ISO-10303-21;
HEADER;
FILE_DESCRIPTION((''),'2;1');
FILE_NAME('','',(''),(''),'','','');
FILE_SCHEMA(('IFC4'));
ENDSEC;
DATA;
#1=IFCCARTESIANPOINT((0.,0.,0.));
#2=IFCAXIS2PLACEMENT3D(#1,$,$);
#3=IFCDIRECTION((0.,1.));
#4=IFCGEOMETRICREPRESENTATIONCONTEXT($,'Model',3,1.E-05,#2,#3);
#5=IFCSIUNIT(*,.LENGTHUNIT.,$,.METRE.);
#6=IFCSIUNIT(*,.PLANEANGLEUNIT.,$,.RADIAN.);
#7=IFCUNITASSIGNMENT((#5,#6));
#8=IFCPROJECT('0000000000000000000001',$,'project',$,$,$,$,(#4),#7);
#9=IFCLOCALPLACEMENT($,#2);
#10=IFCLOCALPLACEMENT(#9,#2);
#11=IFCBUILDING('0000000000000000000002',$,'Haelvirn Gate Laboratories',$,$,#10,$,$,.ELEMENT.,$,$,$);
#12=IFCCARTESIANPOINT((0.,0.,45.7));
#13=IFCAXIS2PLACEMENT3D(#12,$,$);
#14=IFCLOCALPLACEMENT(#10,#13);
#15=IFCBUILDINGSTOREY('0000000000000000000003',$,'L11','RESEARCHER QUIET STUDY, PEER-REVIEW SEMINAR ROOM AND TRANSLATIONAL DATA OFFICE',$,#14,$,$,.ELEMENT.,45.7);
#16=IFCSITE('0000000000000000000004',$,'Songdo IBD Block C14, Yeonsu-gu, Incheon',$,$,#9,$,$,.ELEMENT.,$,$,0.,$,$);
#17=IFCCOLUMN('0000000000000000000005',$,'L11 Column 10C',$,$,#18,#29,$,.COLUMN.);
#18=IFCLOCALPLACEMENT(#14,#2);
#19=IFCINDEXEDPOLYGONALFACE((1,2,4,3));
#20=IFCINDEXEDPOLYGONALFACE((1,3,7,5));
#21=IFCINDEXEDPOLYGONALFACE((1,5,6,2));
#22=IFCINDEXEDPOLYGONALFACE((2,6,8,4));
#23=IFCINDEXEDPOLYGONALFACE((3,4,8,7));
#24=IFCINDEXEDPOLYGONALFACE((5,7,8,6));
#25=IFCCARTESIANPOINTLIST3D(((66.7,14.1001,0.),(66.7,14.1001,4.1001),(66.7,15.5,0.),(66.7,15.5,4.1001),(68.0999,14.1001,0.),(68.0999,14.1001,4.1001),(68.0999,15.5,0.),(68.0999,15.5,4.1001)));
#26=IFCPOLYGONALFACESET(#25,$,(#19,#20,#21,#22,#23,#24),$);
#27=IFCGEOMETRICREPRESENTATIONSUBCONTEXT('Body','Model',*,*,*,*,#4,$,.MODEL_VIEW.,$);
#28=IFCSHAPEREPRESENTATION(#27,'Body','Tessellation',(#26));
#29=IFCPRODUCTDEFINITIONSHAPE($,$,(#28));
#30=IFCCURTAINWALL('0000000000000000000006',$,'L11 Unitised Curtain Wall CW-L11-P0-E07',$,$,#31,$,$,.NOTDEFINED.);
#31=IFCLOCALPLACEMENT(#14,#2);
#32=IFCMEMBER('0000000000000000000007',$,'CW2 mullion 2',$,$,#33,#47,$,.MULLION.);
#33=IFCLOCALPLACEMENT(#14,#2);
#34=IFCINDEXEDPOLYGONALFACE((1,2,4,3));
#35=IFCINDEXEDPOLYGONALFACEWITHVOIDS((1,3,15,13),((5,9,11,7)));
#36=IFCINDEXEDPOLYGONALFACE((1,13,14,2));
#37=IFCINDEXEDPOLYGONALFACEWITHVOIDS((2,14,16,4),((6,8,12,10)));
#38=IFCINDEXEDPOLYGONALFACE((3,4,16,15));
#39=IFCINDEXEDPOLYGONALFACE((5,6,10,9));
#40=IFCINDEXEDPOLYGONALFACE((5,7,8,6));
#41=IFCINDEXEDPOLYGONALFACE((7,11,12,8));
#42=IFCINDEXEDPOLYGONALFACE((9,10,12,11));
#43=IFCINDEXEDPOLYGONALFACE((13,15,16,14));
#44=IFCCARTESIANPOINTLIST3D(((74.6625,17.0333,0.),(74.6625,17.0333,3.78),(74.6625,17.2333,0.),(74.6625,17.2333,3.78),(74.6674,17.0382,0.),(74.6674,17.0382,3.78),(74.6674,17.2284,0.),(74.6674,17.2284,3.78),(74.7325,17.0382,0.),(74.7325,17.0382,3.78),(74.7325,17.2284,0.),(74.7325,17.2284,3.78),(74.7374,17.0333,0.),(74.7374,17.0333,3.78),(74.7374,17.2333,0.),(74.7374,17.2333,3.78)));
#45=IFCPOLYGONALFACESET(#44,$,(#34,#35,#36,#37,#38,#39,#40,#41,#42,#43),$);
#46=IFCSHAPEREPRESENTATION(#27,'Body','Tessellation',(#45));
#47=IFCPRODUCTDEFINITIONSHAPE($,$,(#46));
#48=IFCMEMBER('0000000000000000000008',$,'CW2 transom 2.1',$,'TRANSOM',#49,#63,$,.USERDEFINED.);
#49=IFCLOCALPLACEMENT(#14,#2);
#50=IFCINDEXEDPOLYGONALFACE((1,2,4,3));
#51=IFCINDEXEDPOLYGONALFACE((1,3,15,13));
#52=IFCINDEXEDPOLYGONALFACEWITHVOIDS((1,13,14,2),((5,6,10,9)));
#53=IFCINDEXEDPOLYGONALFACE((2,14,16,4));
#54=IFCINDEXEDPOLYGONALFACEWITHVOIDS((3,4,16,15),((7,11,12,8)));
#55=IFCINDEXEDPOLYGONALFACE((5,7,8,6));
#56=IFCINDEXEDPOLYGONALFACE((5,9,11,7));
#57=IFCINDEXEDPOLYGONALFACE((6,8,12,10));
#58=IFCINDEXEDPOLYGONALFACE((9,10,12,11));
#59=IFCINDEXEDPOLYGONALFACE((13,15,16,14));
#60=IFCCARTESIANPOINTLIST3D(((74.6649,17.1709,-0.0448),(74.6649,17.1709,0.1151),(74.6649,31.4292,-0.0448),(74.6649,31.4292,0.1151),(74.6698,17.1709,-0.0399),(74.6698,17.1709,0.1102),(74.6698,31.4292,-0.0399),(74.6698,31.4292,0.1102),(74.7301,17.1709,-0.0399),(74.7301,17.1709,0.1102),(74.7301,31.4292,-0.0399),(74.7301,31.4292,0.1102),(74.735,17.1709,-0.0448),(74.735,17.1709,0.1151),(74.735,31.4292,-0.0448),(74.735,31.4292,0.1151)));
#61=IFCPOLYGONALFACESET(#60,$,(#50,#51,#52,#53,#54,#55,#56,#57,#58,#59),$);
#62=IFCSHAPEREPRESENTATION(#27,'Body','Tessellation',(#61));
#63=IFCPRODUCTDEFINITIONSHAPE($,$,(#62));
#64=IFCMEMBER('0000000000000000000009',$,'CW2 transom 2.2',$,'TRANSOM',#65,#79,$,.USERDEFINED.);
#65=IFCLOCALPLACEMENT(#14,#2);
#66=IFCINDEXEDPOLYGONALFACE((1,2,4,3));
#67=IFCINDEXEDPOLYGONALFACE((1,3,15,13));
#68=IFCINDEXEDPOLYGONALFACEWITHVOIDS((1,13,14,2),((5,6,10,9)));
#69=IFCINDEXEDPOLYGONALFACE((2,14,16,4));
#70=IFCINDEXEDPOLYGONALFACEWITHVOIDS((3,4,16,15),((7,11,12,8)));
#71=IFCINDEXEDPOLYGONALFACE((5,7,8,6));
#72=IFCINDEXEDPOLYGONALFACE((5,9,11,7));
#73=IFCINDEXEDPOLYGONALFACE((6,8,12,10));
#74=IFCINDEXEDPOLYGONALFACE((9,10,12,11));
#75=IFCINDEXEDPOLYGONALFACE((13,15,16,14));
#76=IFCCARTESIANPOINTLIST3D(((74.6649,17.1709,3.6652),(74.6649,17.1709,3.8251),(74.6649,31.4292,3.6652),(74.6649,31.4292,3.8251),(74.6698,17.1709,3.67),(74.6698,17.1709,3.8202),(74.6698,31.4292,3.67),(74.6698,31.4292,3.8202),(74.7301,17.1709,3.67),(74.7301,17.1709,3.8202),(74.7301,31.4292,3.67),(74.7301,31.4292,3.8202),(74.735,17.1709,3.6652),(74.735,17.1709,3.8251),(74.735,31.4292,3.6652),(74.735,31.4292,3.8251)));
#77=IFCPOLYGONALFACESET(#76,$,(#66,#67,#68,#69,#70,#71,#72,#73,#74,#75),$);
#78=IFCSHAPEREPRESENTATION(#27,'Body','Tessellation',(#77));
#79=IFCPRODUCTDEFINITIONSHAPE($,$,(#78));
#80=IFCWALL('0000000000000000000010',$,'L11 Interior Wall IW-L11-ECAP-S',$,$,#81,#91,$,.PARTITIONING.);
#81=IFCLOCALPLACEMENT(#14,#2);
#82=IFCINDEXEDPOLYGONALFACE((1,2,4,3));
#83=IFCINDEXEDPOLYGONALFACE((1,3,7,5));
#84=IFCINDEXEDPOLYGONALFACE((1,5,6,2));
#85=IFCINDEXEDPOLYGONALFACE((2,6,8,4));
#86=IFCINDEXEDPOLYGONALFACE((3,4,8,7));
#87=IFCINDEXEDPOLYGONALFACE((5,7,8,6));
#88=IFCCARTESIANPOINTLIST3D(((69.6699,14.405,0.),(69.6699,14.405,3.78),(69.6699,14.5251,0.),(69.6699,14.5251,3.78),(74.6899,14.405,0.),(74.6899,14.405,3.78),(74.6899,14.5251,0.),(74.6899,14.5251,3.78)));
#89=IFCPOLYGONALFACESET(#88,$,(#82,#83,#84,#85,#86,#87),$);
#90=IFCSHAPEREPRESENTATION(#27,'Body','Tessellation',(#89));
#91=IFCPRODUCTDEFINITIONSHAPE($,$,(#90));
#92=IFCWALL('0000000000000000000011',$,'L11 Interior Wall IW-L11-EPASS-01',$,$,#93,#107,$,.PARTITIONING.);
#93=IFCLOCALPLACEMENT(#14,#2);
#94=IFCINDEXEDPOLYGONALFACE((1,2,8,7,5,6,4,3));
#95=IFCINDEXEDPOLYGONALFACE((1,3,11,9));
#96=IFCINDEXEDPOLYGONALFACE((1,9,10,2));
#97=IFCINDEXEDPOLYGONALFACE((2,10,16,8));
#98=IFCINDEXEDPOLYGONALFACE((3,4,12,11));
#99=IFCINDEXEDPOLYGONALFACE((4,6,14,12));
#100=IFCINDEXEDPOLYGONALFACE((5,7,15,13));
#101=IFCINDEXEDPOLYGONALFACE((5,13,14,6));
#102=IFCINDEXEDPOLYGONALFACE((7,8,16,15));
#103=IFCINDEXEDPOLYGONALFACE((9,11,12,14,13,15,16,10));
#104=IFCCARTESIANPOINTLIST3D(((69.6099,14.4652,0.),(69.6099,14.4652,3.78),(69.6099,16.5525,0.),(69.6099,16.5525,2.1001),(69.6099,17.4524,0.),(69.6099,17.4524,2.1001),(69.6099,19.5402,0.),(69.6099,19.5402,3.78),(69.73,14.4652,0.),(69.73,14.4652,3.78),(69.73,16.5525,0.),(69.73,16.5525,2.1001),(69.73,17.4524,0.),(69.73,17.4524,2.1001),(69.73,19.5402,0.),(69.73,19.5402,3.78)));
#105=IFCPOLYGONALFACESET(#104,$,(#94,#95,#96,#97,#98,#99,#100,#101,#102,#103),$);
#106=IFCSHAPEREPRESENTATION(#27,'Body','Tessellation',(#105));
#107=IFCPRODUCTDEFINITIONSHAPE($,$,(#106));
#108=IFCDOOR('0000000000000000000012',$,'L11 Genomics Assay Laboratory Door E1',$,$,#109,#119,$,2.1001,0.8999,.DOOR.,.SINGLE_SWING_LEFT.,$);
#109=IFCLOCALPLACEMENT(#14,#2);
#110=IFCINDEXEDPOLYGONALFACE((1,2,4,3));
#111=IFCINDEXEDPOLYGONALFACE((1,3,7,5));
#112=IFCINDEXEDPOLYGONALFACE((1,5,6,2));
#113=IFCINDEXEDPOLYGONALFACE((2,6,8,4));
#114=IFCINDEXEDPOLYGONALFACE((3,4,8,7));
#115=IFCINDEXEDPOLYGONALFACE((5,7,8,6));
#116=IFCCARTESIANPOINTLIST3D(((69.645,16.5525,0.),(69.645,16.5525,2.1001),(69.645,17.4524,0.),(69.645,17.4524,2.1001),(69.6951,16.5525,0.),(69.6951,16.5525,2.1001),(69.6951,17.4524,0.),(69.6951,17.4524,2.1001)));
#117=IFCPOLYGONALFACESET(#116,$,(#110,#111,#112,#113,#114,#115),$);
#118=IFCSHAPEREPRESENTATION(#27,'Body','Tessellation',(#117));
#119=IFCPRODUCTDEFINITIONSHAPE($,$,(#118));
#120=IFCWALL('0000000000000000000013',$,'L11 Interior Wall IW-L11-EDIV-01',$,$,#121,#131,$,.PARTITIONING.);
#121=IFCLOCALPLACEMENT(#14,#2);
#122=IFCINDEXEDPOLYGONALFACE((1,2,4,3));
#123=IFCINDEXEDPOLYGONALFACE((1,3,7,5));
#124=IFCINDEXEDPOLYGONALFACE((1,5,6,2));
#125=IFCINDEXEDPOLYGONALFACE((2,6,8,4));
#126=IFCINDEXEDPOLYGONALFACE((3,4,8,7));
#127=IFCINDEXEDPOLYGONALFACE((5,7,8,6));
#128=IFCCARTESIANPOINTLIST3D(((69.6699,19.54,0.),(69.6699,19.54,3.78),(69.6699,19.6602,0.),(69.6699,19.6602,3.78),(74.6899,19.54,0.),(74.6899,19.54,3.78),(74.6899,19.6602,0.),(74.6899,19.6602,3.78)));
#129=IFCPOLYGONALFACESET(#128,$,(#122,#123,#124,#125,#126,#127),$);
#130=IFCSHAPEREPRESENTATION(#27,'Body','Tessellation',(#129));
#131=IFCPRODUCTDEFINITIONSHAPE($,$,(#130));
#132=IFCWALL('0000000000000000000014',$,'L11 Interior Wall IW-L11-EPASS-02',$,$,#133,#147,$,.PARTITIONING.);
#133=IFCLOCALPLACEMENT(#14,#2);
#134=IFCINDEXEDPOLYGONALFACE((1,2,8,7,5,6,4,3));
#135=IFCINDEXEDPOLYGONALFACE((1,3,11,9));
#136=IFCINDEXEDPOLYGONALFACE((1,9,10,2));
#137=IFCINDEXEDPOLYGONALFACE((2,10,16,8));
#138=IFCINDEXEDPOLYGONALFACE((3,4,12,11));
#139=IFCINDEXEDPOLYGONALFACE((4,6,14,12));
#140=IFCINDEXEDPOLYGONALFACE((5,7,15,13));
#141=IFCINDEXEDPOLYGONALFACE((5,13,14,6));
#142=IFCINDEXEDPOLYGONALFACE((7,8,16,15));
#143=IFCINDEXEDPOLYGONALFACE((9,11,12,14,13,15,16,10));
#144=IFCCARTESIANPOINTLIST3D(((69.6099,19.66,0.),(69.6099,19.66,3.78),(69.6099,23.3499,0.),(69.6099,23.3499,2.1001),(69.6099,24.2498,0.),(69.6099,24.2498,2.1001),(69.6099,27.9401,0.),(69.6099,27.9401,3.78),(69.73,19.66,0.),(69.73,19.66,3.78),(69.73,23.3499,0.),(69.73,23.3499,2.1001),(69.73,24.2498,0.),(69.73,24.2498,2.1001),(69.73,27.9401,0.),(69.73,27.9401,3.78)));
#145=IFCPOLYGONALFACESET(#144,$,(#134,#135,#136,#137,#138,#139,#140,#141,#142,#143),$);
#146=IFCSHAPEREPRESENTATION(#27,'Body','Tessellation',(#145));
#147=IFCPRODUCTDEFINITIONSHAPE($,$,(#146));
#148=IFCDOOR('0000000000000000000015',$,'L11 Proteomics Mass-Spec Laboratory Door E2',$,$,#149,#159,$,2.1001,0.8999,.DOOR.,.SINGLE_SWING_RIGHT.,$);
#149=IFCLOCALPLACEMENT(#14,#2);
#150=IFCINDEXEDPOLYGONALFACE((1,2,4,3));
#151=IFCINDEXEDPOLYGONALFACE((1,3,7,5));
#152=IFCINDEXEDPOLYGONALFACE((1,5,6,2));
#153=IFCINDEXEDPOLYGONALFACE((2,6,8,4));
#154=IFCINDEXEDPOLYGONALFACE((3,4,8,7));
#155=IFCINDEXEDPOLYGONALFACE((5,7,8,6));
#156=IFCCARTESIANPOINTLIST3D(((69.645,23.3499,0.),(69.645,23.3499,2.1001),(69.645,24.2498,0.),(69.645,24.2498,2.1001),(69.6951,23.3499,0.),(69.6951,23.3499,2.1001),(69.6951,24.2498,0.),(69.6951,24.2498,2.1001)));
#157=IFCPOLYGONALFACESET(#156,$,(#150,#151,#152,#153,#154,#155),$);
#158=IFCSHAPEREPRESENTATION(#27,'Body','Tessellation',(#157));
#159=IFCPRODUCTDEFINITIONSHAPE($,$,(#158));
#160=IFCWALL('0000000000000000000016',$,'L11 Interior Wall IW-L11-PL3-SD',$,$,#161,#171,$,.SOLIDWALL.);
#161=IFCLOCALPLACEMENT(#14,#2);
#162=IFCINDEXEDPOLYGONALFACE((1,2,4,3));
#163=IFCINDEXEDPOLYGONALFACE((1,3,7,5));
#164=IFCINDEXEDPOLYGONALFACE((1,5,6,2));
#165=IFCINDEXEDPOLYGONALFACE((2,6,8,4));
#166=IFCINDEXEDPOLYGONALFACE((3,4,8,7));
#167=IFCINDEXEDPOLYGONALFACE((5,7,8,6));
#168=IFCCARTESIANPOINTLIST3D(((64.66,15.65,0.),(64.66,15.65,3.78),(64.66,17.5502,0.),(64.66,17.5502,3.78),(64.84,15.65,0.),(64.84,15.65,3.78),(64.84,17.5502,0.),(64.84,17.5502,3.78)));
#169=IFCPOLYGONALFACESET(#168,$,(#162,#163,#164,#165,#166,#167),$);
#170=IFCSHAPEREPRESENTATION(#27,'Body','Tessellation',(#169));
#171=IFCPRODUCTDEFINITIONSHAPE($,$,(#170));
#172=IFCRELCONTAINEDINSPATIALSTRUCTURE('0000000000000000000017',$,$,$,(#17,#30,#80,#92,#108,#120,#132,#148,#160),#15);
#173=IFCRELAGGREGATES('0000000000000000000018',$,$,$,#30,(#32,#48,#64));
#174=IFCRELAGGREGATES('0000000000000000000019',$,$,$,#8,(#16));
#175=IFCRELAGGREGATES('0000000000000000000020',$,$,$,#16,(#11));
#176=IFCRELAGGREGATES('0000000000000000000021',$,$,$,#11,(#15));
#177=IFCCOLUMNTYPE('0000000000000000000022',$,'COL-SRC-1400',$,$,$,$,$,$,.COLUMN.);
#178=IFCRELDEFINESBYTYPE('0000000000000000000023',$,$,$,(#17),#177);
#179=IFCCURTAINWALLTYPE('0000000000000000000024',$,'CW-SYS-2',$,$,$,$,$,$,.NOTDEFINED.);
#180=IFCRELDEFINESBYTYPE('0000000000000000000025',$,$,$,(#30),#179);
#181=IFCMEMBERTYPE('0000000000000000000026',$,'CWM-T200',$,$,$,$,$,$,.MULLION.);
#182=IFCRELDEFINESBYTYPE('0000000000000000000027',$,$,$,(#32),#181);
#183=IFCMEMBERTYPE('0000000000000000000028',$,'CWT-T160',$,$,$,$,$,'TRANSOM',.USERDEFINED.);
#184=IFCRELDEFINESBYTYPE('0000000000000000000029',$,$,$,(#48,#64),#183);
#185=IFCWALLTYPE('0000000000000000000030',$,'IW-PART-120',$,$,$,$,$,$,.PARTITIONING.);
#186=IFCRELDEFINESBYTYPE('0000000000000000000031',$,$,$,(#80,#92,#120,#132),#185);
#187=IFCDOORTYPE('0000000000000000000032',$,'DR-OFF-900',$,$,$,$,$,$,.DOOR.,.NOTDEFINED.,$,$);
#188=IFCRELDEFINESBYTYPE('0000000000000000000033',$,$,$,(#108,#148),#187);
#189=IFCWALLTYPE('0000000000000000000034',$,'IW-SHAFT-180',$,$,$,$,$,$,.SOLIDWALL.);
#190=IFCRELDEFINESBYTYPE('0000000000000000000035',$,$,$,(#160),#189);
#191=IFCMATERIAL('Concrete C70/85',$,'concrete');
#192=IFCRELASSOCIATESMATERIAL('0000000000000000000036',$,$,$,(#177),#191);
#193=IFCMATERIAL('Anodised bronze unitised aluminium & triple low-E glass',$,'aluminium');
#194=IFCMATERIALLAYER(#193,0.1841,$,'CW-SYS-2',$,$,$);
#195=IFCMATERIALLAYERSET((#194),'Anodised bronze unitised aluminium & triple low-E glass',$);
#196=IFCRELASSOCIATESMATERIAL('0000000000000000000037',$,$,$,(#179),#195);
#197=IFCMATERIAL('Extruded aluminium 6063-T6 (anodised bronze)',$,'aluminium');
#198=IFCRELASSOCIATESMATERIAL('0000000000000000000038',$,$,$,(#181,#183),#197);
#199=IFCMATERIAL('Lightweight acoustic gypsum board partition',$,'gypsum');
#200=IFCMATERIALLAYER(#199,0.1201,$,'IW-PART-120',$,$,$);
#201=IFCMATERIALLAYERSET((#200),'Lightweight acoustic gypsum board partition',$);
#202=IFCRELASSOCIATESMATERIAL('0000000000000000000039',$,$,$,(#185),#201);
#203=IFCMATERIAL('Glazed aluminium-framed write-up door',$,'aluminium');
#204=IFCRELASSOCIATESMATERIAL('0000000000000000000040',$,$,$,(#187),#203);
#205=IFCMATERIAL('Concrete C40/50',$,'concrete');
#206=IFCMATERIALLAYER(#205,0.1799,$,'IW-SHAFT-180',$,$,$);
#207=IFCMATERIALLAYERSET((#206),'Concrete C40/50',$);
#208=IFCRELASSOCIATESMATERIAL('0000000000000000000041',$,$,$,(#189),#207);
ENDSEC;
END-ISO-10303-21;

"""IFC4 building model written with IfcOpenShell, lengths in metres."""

from ifc_helpers import new_model, si_unit, direction, frame, frame_2d, origin, origin_2d, place, context, subcontext, project, spatial, rectangle, hollow_rectangle, extrude, source, transform, mapped, material, layer, layer_set, material_profile, profile_set, type_object, type_shapes, element, fill, aggregate, save


model = new_model("IFC4")

# Units and contexts
model_context = context("Model", 3, precision=1e-05, world=origin(), true_north=direction((0.0, 1.0)))
body_context = subcontext(model_context, "Body", "Model", "MODEL_VIEW")
ifc_project = project(units=[si_unit("LENGTHUNIT", "METRE"), si_unit("PLANEANGLEUNIT", "RADIAN")], contexts=[model_context])

# Site, building, storey
site_placement = place(None, origin())
site = spatial("IfcSite", under=ifc_project, at=site_placement, Name="Songdo IBD Block C14, Yeonsu-gu, Incheon", CompositionType="ELEMENT", RefElevation=0.0)
building_placement = place(site_placement, origin())
building = spatial("IfcBuilding", under=site, at=building_placement, Name="Haelvirn Gate Laboratories", CompositionType="ELEMENT")
storey_placement = place(building_placement, frame((0.0, 0.0, 45.7)))
storey = spatial("IfcBuildingStorey", under=building, at=storey_placement, Name="L11", Description="RESEARCHER QUIET STUDY, PEER-REVIEW SEMINAR ROOM AND TRANSLATIONAL DATA OFFICE", CompositionType="ELEMENT", Elevation=45.7)

# Column
ifc_material_1 = material(Name="Concrete C70/85", Category="concrete")
ifc_material_profile_1 = material_profile(ifc_material_1, rectangle(XDim=1.3999, YDim=1.3999, at=origin_2d()), Name="SRC-1400x1400")
ifc_profile_set_1 = profile_set([ifc_material_profile_1], Name="Concrete C70/85")
column_type = type_object("IfcColumnType", Name="COL-SRC-1400", PredefinedType="COLUMN", material=ifc_profile_set_1)
shared_shape_1 = source(origin(), body_context, "Body", "SweptSolid", [
    extrude(rectangle(XDim=1.3999, YDim=1.3999, at=origin_2d()), origin(), (0.0, 0.0, 1.0), 4.1001),
])
type_shapes(column_type, [shared_shape_1])
column_placement = place(storey_placement, frame((67.3999, 14.8, 0.0), z_axis=(0.0, 0.0, 1.0), x_axis=(1.0, 0.0, 0.0)))
element("IfcColumn", 1, at=column_placement, inside=storey, type_object=column_type, Name="L11 Column 10C", PredefinedType="COLUMN", context=body_context, shape_type="MappedRepresentation", body=[
    mapped(shared_shape_1, transform((0.0, 0.0, 0.0), scale=1.0)),
])

# Curtain wall, members
ifc_material_2 = material(Name="Anodised bronze unitised aluminium & triple low-E glass", Category="aluminium")
ifc_layer_1 = layer(ifc_material_2, 0.1841, Name="CW-SYS-2")
ifc_layer_set_1 = layer_set([ifc_layer_1], Name="Anodised bronze unitised aluminium & triple low-E glass")
curtain_wall_type = type_object("IfcCurtainWallType", Name="CW-SYS-2", PredefinedType="NOTDEFINED", material=ifc_layer_set_1)
curtain_wall_placement = place(storey_placement, origin())
curtain_wall = element("IfcCurtainWall", 2, at=curtain_wall_placement, inside=storey, type_object=curtain_wall_type, Name="L11 Unitised Curtain Wall CW-L11-P0-E07", PredefinedType="NOTDEFINED")
ifc_material_3 = material(Name="Extruded aluminium 6063-T6 (anodised bronze)", Category="aluminium")
ifc_material_profile_2 = material_profile(ifc_material_3, hollow_rectangle(XDim=0.075, YDim=0.2, WallThickness=0.0049, at=origin_2d()), Name="CWM-200x75x5")
ifc_profile_set_2 = profile_set([ifc_material_profile_2], Name="Extruded aluminium 6063-T6 (anodised bronze)")
member_type_1 = type_object("IfcMemberType", Name="CWM-T200", PredefinedType="MULLION", material=ifc_profile_set_2)
shared_shape_2 = source(origin(), body_context, "Body", "SweptSolid", [
    extrude(hollow_rectangle(XDim=0.075, YDim=0.2, WallThickness=0.0049, at=origin_2d()), origin(), (0.0, 0.0, 1.0), 3.78),
])
type_shapes(member_type_1, [shared_shape_2])
member_1_placement = place(storey_placement, frame((74.7, 17.1333, 0.0), z_axis=(0.0, 0.0, 1.0), x_axis=(-1.0, 0.0, 0.0)))
member_1 = element("IfcMember", 3, at=member_1_placement, type_object=member_type_1, Name="CW2 mullion 2", PredefinedType="MULLION", context=body_context, shape_type="MappedRepresentation", body=[
    mapped(shared_shape_2, transform((0.0, 0.0, 0.0), scale=1.0)),
])
ifc_material_profile_3 = material_profile(ifc_material_3, hollow_rectangle(XDim=0.0701, YDim=0.1599, WallThickness=0.0049, at=origin_2d()), Name="CWT-160x70x5")
ifc_profile_set_3 = profile_set([ifc_material_profile_3], Name="Extruded aluminium 6063-T6 (anodised bronze)")
member_type_2 = type_object("IfcMemberType", Name="CWT-T160", ElementType="TRANSOM", PredefinedType="USERDEFINED", material=ifc_profile_set_3)
shared_shape_3 = source(origin(), body_context, "Body", "SweptSolid", [
    extrude(hollow_rectangle(XDim=0.0701, YDim=0.1599, WallThickness=0.0049, at=origin_2d()), origin(), (0.0, 0.0, 1.0), 14.2583),
])
type_shapes(member_type_2, [shared_shape_3])
member_2_placement = place(storey_placement, frame((74.7, 17.1709, 0.0352), z_axis=(0.0, 1.0, 0.0), x_axis=(-1.0, 0.0, 0.0)))
member_2 = element("IfcMember", 4, at=member_2_placement, type_object=member_type_2, Name="CW2 transom 2.1", ObjectType="TRANSOM", PredefinedType="USERDEFINED", context=body_context, shape_type="MappedRepresentation", body=[
    mapped(shared_shape_3, transform((0.0, 0.0, 0.0), scale=1.0)),
])
member_3_placement = place(storey_placement, frame((74.7, 17.1709, 3.7451), z_axis=(0.0, 1.0, 0.0), x_axis=(-1.0, 0.0, 0.0)))
member_3 = element("IfcMember", 5, at=member_3_placement, type_object=member_type_2, Name="CW2 transom 2.2", ObjectType="TRANSOM", PredefinedType="USERDEFINED", context=body_context, shape_type="MappedRepresentation", body=[
    mapped(shared_shape_3, transform((0.0, 0.0, 0.0), scale=1.0)),
])
aggregate(curtain_wall, [member_1, member_2, member_3])

# Wall
ifc_material_4 = material(Name="Lightweight acoustic gypsum board partition", Category="gypsum")
ifc_layer_2 = layer(ifc_material_4, 0.1201, Name="IW-PART-120")
ifc_layer_set_2 = layer_set([ifc_layer_2], Name="Lightweight acoustic gypsum board partition")
wall_type_1 = type_object("IfcWallType", Name="IW-PART-120", PredefinedType="PARTITIONING", material=ifc_layer_set_2)
wall_1_placement = place(storey_placement, frame((69.6699, 14.4651, 0.0), z_axis=(0.0, 0.0, 1.0), x_axis=(1.0, 0.0, 0.0)))
element("IfcWall", 6, at=wall_1_placement, inside=storey, type_object=wall_type_1, Name="L11 Interior Wall IW-L11-ECAP-S", PredefinedType="PARTITIONING", context=body_context, shape_type="SweptSolid", body=[
    extrude(rectangle(XDim=5.02, YDim=0.1201, at=frame_2d((2.51, 0.0))), origin(), (0.0, 0.0, 1.0), 3.78),
])

# Wall, opening, door
wall_2_placement = place(storey_placement, frame((69.6699, 14.4651, 0.0), z_axis=(0.0, 0.0, 1.0), x_axis=(0.0, 1.0, 0.0)))
wall_2 = element("IfcWall", 7, at=wall_2_placement, inside=storey, type_object=wall_type_1, Name="L11 Interior Wall IW-L11-EPASS-01", PredefinedType="PARTITIONING", context=body_context, shape_type="SweptSolid", body=[
    extrude(rectangle(XDim=5.075, YDim=0.1201, at=frame_2d((2.5376, 0.0))), origin(), (0.0, 0.0, 1.0), 3.78),
])
opening_1_placement = place(wall_2_placement, frame((2.0874, 0.0, 0.0)))
opening_1 = element("IfcOpeningElement", 8, at=opening_1_placement, cuts=wall_2, PredefinedType="OPENING", context=body_context, shape_type="SweptSolid", body=[
    extrude(rectangle(XDim=0.8999, YDim=2.1001, at=frame_2d((0.45, 1.05))), frame((0.0, 0.0701, 0.0), z_axis=(0.0, -1.0, 0.0), x_axis=(1.0, 0.0, 0.0)), (0.0, 0.0, 1.0), 0.1401),
])
ifc_material_5 = material(Name="Glazed aluminium-framed write-up door", Category="aluminium")
door_type_1 = type_object("IfcDoorType", Name="DR-OFF-900", OperationType="NOTDEFINED", PredefinedType="DOOR", material=ifc_material_5)
shared_shape_4 = source(origin(), body_context, "Body", "SweptSolid", [
    extrude(rectangle(XDim=0.8999, YDim=2.1001, at=frame_2d((0.45, 1.05))), frame((0.0, 0.0249, 0.0), z_axis=(0.0, -1.0, 0.0), x_axis=(1.0, 0.0, 0.0)), (0.0, 0.0, 1.0), 0.05),
])
type_shapes(door_type_1, [shared_shape_4])
door_1_placement = place(opening_1_placement, origin())
door_1 = element("IfcDoor", 9, at=door_1_placement, inside=storey, type_object=door_type_1, Name="L11 Genomics Assay Laboratory Door E1", OperationType="SINGLE_SWING_LEFT", OverallHeight=2.1001, OverallWidth=0.8999, PredefinedType="DOOR", context=body_context, shape_type="MappedRepresentation", body=[
    mapped(shared_shape_4, transform((0.0, 0.0, 0.0), scale=1.0)),
])
fill(opening_1, door_1)

# Wall
wall_3_placement = place(storey_placement, frame((69.6699, 19.6001, 0.0), z_axis=(0.0, 0.0, 1.0), x_axis=(1.0, 0.0, 0.0)))
element("IfcWall", 10, at=wall_3_placement, inside=storey, type_object=wall_type_1, Name="L11 Interior Wall IW-L11-EDIV-01", PredefinedType="PARTITIONING", context=body_context, shape_type="SweptSolid", body=[
    extrude(rectangle(XDim=5.02, YDim=0.1201, at=frame_2d((2.51, 0.0))), origin(), (0.0, 0.0, 1.0), 3.78),
])

# Wall, opening, door
wall_4_placement = place(storey_placement, frame((69.6699, 19.6599, 0.0), z_axis=(0.0, 0.0, 1.0), x_axis=(0.0, 1.0, 0.0)))
wall_4 = element("IfcWall", 11, at=wall_4_placement, inside=storey, type_object=wall_type_1, Name="L11 Interior Wall IW-L11-EPASS-02", PredefinedType="PARTITIONING", context=body_context, shape_type="SweptSolid", body=[
    extrude(rectangle(XDim=8.28, YDim=0.1201, at=frame_2d((4.1401, 0.0))), origin(), (0.0, 0.0, 1.0), 3.78),
])
opening_2_placement = place(wall_4_placement, frame((3.6899, 0.0, 0.0)))
opening_2 = element("IfcOpeningElement", 12, at=opening_2_placement, cuts=wall_4, PredefinedType="OPENING", context=body_context, shape_type="SweptSolid", body=[
    extrude(rectangle(XDim=0.8999, YDim=2.1001, at=frame_2d((0.45, 1.05))), frame((0.0, 0.0701, 0.0), z_axis=(0.0, -1.0, 0.0), x_axis=(1.0, 0.0, 0.0)), (0.0, 0.0, 1.0), 0.1401),
])
door_2_placement = place(opening_2_placement, origin())
door_2 = element("IfcDoor", 13, at=door_2_placement, inside=storey, type_object=door_type_1, Name="L11 Proteomics Mass-Spec Laboratory Door E2", OperationType="SINGLE_SWING_RIGHT", OverallHeight=2.1001, OverallWidth=0.8999, PredefinedType="DOOR", context=body_context, shape_type="MappedRepresentation", body=[
    mapped(shared_shape_4, transform((0.0, 0.0, 0.0), scale=1.0)),
])
fill(opening_2, door_2)

# Wall
ifc_material_6 = material(Name="Concrete C40/50", Category="concrete")
ifc_layer_3 = layer(ifc_material_6, 0.1799, Name="IW-SHAFT-180")
ifc_layer_set_3 = layer_set([ifc_layer_3], Name="Concrete C40/50")
wall_type_2 = type_object("IfcWallType", Name="IW-SHAFT-180", PredefinedType="SOLIDWALL", material=ifc_layer_set_3)
for number, where, z_axis, x_axis, name in (
    (14, (64.75, 15.6499, 0.0), (0.0, 0.0, 1.0), (0.0, 1.0, 0.0), "L11 Interior Wall IW-L11-PL3-SD"),
):
    element("IfcWall", number, at=place(storey_placement, frame(where, z_axis=z_axis, x_axis=x_axis)), inside=storey, type_object=wall_type_2, Name=name, PredefinedType="SOLIDWALL", context=body_context, shape_type="SweptSolid", body=[
        extrude(rectangle(XDim=1.9001, YDim=0.1799, at=frame_2d((0.9502, 0.0))), origin(), (0.0, 0.0, 1.0), 3.78),
    ])

save(model, "model.ifc")
